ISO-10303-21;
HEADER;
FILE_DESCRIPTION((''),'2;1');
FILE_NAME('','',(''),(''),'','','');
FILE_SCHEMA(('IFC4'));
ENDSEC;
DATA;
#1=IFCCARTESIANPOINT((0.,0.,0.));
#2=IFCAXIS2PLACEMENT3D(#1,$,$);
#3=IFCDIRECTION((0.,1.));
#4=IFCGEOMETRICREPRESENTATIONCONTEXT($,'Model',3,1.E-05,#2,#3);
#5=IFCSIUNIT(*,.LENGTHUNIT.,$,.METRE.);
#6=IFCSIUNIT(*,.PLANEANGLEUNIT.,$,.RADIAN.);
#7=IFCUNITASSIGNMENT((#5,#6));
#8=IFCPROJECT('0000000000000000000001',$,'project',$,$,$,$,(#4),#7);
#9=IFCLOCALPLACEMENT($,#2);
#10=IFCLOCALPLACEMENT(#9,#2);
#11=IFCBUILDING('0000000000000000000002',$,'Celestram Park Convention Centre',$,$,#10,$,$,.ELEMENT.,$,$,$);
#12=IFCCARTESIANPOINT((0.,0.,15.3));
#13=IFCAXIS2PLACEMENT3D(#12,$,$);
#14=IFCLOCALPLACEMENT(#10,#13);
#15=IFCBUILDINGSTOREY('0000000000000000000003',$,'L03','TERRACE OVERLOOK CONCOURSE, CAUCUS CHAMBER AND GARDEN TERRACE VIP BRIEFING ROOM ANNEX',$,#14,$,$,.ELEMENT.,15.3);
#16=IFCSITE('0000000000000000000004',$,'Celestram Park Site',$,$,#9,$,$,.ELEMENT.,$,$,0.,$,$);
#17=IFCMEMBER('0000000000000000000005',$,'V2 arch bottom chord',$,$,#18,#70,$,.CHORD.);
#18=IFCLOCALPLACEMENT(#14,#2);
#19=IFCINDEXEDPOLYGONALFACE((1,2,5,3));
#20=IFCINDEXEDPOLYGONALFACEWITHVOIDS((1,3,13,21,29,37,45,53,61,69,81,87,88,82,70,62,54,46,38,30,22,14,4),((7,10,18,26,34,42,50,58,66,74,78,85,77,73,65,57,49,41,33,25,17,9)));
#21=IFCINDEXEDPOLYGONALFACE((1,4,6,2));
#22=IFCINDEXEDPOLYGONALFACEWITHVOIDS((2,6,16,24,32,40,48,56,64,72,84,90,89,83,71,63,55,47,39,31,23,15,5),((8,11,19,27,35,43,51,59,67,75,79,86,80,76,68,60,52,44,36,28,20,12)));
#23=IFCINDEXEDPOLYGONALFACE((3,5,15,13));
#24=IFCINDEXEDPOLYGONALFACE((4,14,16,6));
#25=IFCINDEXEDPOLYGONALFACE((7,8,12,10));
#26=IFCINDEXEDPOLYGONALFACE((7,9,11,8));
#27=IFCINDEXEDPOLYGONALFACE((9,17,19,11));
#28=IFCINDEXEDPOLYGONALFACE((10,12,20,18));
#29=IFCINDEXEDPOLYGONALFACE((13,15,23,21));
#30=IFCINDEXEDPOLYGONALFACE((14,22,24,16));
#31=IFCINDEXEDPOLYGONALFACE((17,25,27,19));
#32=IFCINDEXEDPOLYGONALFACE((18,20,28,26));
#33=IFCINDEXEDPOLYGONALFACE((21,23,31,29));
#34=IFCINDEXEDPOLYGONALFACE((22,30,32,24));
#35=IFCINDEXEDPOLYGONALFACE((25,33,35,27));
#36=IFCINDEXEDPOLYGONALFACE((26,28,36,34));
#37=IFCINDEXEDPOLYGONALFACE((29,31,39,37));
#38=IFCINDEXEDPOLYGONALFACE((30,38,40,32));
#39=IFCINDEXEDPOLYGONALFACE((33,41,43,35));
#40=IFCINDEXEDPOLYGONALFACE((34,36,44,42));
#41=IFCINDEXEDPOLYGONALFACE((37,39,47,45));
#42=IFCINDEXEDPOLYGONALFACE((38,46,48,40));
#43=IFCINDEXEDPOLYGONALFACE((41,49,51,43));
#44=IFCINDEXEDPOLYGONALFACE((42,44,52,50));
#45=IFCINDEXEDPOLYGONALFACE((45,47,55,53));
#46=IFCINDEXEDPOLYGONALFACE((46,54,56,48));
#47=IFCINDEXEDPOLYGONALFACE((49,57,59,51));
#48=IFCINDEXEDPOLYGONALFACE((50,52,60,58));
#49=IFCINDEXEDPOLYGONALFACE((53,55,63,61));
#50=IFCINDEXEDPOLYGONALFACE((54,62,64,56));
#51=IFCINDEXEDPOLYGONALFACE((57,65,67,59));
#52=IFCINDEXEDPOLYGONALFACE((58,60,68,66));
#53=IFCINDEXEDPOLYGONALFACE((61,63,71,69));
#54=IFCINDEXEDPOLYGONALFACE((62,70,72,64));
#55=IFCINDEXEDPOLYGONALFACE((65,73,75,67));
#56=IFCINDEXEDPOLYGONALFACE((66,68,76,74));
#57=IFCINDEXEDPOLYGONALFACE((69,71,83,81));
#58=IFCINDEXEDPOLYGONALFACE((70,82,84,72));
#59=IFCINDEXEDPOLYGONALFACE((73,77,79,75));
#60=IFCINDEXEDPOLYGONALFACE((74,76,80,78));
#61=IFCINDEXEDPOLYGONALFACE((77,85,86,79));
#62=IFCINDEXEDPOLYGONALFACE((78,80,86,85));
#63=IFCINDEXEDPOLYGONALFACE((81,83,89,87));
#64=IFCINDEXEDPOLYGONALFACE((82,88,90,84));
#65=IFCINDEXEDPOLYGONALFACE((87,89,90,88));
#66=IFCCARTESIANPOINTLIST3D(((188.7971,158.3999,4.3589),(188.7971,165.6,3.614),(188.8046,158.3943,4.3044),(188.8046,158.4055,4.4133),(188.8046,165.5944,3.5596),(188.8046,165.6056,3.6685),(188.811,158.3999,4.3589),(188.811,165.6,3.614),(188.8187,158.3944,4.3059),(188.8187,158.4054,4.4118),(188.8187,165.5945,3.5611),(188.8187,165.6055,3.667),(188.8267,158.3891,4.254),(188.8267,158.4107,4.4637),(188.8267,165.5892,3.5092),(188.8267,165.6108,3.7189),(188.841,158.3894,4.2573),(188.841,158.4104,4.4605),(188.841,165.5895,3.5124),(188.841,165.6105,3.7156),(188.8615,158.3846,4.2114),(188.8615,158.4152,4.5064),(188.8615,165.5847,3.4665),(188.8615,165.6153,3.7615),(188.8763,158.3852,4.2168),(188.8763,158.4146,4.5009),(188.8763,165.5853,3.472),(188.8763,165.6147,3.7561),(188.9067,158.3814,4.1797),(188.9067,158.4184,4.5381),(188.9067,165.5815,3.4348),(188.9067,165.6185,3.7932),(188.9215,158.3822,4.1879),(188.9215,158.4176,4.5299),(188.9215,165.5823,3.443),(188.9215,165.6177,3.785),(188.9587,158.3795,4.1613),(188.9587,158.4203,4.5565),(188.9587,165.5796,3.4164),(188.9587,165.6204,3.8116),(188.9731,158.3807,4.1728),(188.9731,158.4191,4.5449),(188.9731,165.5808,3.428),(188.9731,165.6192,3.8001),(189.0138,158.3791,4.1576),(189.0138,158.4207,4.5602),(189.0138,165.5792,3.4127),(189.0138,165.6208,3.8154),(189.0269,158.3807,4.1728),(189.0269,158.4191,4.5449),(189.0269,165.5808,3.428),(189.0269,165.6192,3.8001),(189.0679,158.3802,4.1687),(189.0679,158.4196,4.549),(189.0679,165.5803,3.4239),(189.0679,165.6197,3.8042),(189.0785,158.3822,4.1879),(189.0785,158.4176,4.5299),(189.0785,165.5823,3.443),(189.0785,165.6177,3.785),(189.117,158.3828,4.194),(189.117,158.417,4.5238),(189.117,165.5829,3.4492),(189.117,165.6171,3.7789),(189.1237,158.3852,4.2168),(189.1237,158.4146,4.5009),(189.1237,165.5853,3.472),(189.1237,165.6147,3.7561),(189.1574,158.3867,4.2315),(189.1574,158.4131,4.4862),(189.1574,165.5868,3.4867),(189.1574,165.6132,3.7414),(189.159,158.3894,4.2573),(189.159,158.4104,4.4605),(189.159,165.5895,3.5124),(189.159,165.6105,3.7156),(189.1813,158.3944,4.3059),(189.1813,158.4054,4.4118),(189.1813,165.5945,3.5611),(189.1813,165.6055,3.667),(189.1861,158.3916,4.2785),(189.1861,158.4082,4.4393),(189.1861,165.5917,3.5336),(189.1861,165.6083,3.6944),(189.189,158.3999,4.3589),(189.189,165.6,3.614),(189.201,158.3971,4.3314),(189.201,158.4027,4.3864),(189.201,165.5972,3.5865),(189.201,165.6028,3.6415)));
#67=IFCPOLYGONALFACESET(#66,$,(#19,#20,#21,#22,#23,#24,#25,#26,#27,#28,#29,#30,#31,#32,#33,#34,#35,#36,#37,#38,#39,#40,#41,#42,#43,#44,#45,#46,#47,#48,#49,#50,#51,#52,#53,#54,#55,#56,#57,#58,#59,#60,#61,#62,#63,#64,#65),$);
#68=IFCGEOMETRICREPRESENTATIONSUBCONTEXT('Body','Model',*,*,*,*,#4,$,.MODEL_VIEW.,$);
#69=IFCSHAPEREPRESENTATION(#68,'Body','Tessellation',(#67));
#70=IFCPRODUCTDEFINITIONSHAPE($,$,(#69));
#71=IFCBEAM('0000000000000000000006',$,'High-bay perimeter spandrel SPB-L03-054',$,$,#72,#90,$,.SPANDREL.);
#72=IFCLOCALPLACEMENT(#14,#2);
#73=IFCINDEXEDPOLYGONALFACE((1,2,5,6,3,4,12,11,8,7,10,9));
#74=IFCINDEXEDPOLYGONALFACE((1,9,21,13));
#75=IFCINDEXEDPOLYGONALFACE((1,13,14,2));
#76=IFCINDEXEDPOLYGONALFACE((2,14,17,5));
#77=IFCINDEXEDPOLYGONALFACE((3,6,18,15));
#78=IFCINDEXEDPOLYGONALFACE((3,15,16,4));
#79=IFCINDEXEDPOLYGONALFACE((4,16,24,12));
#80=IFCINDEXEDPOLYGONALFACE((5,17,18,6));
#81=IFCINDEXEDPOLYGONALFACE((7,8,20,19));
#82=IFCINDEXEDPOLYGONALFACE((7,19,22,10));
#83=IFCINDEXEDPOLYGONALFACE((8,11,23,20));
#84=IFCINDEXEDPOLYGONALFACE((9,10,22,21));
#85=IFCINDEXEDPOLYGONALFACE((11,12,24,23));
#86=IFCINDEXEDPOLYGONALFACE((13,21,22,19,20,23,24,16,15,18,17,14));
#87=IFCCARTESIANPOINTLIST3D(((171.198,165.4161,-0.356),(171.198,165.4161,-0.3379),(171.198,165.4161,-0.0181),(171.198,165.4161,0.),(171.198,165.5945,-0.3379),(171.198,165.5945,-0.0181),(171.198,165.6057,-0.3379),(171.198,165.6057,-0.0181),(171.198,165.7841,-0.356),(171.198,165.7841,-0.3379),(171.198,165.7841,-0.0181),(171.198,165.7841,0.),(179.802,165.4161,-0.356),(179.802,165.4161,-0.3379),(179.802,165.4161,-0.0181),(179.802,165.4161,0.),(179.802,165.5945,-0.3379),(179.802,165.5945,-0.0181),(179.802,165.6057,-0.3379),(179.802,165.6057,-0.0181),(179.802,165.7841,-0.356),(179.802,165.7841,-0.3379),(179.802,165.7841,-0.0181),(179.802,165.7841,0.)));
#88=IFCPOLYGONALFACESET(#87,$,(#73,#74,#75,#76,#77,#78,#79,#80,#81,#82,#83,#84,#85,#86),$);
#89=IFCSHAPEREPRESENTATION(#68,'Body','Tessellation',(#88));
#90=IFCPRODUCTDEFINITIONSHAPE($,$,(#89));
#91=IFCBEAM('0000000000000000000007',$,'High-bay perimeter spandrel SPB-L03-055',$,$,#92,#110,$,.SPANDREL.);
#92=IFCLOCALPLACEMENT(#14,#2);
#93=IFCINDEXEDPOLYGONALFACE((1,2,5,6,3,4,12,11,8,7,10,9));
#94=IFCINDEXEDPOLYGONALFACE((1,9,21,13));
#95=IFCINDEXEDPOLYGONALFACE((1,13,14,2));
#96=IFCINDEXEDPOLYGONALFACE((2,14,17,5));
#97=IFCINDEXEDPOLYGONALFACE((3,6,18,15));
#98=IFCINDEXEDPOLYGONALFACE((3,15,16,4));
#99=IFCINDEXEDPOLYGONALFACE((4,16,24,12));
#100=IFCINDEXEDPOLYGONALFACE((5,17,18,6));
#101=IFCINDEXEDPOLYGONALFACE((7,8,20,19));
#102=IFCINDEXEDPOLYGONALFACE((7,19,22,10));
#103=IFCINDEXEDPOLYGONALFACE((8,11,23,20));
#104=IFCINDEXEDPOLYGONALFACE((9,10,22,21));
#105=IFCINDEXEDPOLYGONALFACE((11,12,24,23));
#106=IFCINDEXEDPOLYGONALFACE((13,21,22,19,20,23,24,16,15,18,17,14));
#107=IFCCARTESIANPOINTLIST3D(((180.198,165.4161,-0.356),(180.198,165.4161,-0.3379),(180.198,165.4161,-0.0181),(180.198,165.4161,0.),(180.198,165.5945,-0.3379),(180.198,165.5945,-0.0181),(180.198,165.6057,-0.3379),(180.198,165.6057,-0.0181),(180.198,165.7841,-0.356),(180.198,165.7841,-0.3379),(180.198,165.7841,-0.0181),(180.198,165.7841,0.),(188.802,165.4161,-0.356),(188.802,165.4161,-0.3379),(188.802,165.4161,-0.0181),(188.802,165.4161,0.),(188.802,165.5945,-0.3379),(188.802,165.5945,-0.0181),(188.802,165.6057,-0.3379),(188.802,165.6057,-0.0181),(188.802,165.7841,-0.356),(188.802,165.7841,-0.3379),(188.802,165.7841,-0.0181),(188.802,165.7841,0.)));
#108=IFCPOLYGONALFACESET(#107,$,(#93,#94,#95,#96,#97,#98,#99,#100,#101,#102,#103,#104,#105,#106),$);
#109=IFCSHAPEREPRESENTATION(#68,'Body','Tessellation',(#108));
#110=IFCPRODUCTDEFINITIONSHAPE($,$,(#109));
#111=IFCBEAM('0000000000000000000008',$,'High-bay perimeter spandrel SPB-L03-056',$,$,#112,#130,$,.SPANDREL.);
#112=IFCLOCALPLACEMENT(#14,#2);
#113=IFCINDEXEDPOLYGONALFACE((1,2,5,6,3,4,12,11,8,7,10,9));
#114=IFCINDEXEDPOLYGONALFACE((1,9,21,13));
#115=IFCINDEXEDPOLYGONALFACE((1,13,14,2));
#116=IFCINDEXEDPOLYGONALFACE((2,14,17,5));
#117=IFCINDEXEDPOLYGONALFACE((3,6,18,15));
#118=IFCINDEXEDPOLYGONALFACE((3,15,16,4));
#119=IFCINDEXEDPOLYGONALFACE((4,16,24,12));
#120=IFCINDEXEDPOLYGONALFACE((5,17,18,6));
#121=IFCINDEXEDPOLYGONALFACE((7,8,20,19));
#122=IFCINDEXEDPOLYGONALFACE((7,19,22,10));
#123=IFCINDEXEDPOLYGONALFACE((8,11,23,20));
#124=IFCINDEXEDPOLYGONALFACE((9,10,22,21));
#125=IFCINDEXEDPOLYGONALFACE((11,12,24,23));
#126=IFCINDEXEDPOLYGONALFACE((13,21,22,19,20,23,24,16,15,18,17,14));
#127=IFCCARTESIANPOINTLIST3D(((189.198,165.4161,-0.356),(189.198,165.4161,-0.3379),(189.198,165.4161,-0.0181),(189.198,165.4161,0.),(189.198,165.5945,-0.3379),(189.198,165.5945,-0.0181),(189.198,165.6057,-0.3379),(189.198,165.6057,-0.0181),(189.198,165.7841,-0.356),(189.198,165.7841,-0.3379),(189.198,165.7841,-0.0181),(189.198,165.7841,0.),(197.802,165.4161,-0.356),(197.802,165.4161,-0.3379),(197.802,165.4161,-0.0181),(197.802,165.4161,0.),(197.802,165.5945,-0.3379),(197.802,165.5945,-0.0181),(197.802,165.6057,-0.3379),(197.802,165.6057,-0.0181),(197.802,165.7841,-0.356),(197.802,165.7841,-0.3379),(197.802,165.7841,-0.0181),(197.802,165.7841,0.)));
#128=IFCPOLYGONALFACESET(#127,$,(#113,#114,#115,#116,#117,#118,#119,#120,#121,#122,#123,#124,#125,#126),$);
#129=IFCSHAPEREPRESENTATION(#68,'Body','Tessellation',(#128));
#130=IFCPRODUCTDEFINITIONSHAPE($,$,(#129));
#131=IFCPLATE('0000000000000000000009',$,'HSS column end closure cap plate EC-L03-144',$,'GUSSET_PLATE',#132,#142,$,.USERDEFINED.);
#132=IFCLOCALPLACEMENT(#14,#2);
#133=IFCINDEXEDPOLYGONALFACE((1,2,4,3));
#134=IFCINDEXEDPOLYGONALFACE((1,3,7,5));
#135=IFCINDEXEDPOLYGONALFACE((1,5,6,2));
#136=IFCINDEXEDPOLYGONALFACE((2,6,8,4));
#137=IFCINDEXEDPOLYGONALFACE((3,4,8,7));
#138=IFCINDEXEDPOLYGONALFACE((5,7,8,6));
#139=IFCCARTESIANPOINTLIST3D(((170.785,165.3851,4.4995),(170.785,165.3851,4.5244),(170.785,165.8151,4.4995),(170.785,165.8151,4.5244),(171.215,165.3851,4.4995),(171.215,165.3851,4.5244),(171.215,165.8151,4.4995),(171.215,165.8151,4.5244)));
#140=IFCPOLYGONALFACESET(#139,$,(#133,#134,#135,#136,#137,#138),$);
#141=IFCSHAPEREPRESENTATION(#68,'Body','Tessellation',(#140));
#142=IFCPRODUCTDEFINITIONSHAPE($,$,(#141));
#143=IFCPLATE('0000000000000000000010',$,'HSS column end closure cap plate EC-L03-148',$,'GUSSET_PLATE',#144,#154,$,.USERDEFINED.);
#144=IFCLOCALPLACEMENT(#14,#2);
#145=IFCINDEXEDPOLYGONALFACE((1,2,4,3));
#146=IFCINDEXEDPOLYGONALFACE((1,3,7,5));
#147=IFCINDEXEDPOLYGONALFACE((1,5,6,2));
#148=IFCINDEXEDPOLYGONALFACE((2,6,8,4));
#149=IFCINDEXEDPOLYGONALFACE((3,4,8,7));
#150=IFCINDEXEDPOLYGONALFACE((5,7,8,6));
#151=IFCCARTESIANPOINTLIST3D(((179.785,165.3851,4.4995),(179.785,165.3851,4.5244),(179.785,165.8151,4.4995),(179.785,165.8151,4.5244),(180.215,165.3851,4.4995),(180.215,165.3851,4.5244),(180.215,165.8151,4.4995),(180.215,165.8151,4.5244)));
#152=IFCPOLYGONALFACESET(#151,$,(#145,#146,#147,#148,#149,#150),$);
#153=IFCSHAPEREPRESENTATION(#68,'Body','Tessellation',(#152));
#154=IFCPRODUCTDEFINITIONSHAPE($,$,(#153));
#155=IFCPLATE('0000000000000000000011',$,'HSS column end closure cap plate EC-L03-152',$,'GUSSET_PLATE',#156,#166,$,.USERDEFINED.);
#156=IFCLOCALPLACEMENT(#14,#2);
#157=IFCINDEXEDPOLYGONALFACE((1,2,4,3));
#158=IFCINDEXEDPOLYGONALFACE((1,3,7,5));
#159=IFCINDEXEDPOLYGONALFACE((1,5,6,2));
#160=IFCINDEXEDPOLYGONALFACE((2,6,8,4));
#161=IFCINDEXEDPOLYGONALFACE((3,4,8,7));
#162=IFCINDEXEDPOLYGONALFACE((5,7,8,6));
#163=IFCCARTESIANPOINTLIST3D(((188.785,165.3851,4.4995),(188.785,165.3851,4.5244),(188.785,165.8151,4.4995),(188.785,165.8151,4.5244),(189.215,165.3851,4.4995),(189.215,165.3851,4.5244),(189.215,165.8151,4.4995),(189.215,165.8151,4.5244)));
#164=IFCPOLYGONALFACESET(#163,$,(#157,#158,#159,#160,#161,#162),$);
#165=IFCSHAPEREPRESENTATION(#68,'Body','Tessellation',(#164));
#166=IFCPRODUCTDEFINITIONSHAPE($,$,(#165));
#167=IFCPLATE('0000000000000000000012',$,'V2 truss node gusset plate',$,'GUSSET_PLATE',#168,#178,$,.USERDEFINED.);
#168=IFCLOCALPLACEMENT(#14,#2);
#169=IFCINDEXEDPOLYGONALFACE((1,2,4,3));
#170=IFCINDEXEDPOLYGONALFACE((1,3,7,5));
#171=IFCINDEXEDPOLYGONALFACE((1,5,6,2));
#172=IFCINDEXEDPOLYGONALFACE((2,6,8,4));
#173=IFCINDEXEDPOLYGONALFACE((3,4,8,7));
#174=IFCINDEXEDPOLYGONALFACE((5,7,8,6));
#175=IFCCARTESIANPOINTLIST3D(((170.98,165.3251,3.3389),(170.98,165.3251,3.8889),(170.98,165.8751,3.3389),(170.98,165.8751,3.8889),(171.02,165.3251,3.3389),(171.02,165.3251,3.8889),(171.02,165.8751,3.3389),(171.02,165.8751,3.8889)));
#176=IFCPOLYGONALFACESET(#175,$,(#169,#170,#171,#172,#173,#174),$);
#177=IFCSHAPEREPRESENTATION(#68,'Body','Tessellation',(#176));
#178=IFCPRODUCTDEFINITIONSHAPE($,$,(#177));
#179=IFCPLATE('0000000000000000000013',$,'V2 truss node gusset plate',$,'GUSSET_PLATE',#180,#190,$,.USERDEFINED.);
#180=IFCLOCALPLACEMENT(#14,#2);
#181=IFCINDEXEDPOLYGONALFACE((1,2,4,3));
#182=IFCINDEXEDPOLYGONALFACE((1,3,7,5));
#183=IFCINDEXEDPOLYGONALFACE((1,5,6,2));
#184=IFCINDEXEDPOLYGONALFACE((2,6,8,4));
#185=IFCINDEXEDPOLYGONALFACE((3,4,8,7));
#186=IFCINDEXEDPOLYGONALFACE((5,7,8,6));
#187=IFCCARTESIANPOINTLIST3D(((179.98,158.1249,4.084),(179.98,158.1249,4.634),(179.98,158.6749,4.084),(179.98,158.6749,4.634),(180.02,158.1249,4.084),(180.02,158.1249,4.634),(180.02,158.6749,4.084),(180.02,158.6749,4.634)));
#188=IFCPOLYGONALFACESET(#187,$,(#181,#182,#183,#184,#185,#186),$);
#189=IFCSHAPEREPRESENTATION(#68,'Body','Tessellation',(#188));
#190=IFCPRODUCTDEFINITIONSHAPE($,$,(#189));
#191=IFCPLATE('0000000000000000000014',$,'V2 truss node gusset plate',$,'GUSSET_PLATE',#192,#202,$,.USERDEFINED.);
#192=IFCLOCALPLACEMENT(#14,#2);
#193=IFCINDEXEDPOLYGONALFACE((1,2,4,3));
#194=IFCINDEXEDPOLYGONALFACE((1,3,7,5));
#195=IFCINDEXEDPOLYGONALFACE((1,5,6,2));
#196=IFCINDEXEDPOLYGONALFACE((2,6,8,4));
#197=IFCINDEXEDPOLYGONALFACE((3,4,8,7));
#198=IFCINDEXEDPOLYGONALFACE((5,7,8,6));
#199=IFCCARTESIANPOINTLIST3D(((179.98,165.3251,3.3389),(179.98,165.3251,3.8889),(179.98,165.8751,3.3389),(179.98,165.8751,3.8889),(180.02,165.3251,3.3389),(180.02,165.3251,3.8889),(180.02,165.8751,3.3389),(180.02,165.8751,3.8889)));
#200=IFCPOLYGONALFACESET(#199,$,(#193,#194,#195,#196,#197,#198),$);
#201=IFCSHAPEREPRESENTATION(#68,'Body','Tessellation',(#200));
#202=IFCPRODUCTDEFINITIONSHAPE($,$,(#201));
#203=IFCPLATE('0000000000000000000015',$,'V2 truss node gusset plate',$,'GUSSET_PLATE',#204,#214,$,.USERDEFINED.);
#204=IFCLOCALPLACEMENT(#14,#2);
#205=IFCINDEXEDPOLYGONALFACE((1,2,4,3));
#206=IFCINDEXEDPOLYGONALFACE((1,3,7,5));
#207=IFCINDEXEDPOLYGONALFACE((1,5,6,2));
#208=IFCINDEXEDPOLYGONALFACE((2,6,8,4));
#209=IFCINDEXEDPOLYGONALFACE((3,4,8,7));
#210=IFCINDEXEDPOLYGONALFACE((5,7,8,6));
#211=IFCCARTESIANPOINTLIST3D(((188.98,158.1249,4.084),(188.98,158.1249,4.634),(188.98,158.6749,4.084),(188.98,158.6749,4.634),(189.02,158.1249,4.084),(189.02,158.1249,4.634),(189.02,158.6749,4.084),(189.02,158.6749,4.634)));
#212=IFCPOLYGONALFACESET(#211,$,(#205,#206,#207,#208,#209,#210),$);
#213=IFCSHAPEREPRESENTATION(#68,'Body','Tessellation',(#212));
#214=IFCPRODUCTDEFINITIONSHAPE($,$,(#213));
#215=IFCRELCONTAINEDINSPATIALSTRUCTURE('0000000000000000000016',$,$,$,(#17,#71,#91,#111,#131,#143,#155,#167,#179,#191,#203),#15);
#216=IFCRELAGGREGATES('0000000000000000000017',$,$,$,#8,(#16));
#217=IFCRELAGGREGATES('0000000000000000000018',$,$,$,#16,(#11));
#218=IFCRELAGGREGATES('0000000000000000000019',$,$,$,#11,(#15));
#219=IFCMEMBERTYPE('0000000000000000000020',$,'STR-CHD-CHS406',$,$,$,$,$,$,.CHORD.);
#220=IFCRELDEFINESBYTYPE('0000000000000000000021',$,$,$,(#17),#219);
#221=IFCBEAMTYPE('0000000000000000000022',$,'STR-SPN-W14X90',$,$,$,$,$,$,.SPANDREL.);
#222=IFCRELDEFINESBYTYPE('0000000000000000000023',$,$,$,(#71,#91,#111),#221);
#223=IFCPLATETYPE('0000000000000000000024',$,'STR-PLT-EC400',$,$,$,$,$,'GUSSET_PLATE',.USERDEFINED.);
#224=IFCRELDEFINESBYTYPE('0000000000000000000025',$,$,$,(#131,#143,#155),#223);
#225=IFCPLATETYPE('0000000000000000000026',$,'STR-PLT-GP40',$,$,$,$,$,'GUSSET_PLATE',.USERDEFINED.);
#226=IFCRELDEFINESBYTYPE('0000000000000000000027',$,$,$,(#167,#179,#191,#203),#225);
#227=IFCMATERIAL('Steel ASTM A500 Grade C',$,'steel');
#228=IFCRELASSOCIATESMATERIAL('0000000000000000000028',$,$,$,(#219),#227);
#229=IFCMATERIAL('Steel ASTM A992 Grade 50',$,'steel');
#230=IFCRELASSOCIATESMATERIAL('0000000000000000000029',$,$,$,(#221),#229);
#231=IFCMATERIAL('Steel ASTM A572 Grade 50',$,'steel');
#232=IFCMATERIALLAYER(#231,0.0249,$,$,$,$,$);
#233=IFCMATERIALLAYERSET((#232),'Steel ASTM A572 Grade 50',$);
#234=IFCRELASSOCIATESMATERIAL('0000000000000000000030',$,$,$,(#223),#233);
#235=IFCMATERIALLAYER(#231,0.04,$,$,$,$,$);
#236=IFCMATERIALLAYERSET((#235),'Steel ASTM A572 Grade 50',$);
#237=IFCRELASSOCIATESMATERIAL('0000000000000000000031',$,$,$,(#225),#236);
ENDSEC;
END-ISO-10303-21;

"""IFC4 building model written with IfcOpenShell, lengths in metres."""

from ifc_helpers import new_model, si_unit, direction, frame, origin, origin_2d, place, context, subcontext, project, spatial, rectangle, hollow_circle, i_section, extrude, material, layer, layer_set, material_profile, profile_set, type_object, element, save


model = new_model("IFC4")

# Units and contexts
model_context = context("Model", 3, precision=1e-05, world=origin(), true_north=direction((0.0, 1.0)))
body_context = subcontext(model_context, "Body", "Model", "MODEL_VIEW")
ifc_project = project(units=[si_unit("LENGTHUNIT", "METRE"), si_unit("PLANEANGLEUNIT", "RADIAN")], contexts=[model_context])

# Site, building, storey
site_placement = place(None, origin())
site = spatial("IfcSite", under=ifc_project, at=site_placement, Name="Celestram Park Site", CompositionType="ELEMENT", RefElevation=0.0)
building_placement = place(site_placement, origin())
building = spatial("IfcBuilding", under=site, at=building_placement, Name="Celestram Park Convention Centre", CompositionType="ELEMENT")
storey_placement = place(building_placement, frame((0.0, 0.0, 15.3)))
storey = spatial("IfcBuildingStorey", under=building, at=storey_placement, Name="L03", Description="TERRACE OVERLOOK CONCOURSE, CAUCUS CHAMBER AND GARDEN TERRACE VIP BRIEFING ROOM ANNEX", CompositionType="ELEMENT", Elevation=15.3)

# Shared definitions
ifc_material_1 = material(Name="Steel ASTM A500 Grade C", Category="steel")

# Shared definitions
ifc_material_2 = material(Name="Steel ASTM A992 Grade 50", Category="steel")

# Member
ifc_material_profile_1 = material_profile(ifc_material_1, hollow_circle(Radius=0.2029, WallThickness=0.0139, at=origin_2d()), Name="CHS406X14")
ifc_profile_set_1 = profile_set([ifc_material_profile_1], Name="Steel ASTM A500 Grade C")
member_type = type_object("IfcMemberType", Name="STR-CHD-CHS406", PredefinedType="CHORD", material=ifc_profile_set_1)
for number, where, z_axis, x_axis, name in (
    (1, (189.0, 158.3999, 4.3589), (0.0, 0.994691, -0.102903), (-1.0, 0.0, 0.0), "V2 arch bottom chord"),
):
    element("IfcMember", number, at=place(storey_placement, frame(where, z_axis=z_axis, x_axis=x_axis)), inside=storey, type_object=member_type, Name=name, PredefinedType="CHORD", context=body_context, shape_type="SweptSolid", body=[
        extrude(hollow_circle(Radius=0.2029, WallThickness=0.0139, at=origin_2d()), origin(), (0.0, 0.0, 1.0), 7.2385),
    ])

# Beams
ifc_material_profile_2 = material_profile(ifc_material_2, i_section(OverallWidth=0.3679, OverallDepth=0.356, WebThickness=0.0112, FlangeThickness=0.0181, at=origin_2d()), Name="W14X90")
ifc_profile_set_2 = profile_set([ifc_material_profile_2], Name="Steel ASTM A992 Grade 50")
beam_type_1 = type_object("IfcBeamType", Name="STR-SPN-W14X90", PredefinedType="SPANDREL", material=ifc_profile_set_2)
for number, where, z_axis, x_axis, name in (
    (2, (171.198, 165.6001, -0.178), (1.0, 0.0, 0.0), (0.0, 1.0, 0.0), "High-bay perimeter spandrel SPB-L03-054"),
    (3, (180.198, 165.6001, -0.178), (1.0, 0.0, 0.0), (0.0, 1.0, 0.0), "High-bay perimeter spandrel SPB-L03-055"),
    (4, (189.198, 165.6001, -0.178), (1.0, 0.0, 0.0), (0.0, 1.0, 0.0), "High-bay perimeter spandrel SPB-L03-056"),
):
    element("IfcBeam", number, at=place(storey_placement, frame(where, z_axis=z_axis, x_axis=x_axis)), inside=storey, type_object=beam_type_1, Name=name, PredefinedType="SPANDREL", context=body_context, shape_type="SweptSolid", body=[
        extrude(i_section(OverallWidth=0.3679, OverallDepth=0.356, WebThickness=0.0112, FlangeThickness=0.0181, at=origin_2d()), origin(), (0.0, 0.0, 1.0), 8.604),
    ])

# Plates
ifc_material_3 = material(Name="Steel ASTM A572 Grade 50", Category="steel")
ifc_layer_1 = layer(ifc_material_3, 0.0249)
ifc_layer_set_1 = layer_set([ifc_layer_1], Name="Steel ASTM A572 Grade 50")
plate_type_1 = type_object("IfcPlateType", Name="STR-PLT-EC400", ElementType="GUSSET_PLATE", PredefinedType="USERDEFINED", material=ifc_layer_set_1)
for number, where, z_axis, x_axis, name in (
    (5, (171.0, 165.6001, 4.4995), (0.0, 0.0, 1.0), (1.0, 0.0, 0.0), "HSS column end closure cap plate EC-L03-144"),
    (6, (180.0, 165.6001, 4.4995), (0.0, 0.0, 1.0), (1.0, 0.0, 0.0), "HSS column end closure cap plate EC-L03-148"),
    (7, (189.0, 165.6001, 4.4995), (0.0, 0.0, 1.0), (1.0, 0.0, 0.0), "HSS column end closure cap plate EC-L03-152"),
):
    element("IfcPlate", number, at=place(storey_placement, frame(where, z_axis=z_axis, x_axis=x_axis)), inside=storey, type_object=plate_type_1, Name=name, ObjectType="GUSSET_PLATE", PredefinedType="USERDEFINED", context=body_context, shape_type="SweptSolid", body=[
        extrude(rectangle(XDim=0.4299, YDim=0.4299, at=origin_2d()), origin(), (0.0, 0.0, 1.0), 0.0249),
    ])
ifc_layer_2 = layer(ifc_material_3, 0.04)
ifc_layer_set_2 = layer_set([ifc_layer_2], Name="Steel ASTM A572 Grade 50")
plate_type_2 = type_object("IfcPlateType", Name="STR-PLT-GP40", ElementType="GUSSET_PLATE", PredefinedType="USERDEFINED", material=ifc_layer_set_2)
for number, where, z_axis, x_axis, name in (
    (8, (171.0, 165.6001, 3.3389), (0.0, 0.0, 1.0), (0.0, 1.0, 0.0), "V2 truss node gusset plate"),
    (9, (180.0, 158.3999, 4.084), (0.0, 0.0, 1.0), (0.0, 1.0, 0.0), "V2 truss node gusset plate"),
    (10, (180.0, 165.6001, 3.3389), (0.0, 0.0, 1.0), (0.0, 1.0, 0.0), "V2 truss node gusset plate"),
    (11, (189.0, 158.3999, 4.084), (0.0, 0.0, 1.0), (0.0, 1.0, 0.0), "V2 truss node gusset plate"),
):
    element("IfcPlate", number, at=place(storey_placement, frame(where, z_axis=z_axis, x_axis=x_axis)), inside=storey, type_object=plate_type_2, Name=name, ObjectType="GUSSET_PLATE", PredefinedType="USERDEFINED", context=body_context, shape_type="SweptSolid", body=[
        extrude(rectangle(XDim=0.55, YDim=0.04, at=origin_2d()), origin(), (0.0, 0.0, 1.0), 0.55),
    ])

save(model, "model.ifc")
